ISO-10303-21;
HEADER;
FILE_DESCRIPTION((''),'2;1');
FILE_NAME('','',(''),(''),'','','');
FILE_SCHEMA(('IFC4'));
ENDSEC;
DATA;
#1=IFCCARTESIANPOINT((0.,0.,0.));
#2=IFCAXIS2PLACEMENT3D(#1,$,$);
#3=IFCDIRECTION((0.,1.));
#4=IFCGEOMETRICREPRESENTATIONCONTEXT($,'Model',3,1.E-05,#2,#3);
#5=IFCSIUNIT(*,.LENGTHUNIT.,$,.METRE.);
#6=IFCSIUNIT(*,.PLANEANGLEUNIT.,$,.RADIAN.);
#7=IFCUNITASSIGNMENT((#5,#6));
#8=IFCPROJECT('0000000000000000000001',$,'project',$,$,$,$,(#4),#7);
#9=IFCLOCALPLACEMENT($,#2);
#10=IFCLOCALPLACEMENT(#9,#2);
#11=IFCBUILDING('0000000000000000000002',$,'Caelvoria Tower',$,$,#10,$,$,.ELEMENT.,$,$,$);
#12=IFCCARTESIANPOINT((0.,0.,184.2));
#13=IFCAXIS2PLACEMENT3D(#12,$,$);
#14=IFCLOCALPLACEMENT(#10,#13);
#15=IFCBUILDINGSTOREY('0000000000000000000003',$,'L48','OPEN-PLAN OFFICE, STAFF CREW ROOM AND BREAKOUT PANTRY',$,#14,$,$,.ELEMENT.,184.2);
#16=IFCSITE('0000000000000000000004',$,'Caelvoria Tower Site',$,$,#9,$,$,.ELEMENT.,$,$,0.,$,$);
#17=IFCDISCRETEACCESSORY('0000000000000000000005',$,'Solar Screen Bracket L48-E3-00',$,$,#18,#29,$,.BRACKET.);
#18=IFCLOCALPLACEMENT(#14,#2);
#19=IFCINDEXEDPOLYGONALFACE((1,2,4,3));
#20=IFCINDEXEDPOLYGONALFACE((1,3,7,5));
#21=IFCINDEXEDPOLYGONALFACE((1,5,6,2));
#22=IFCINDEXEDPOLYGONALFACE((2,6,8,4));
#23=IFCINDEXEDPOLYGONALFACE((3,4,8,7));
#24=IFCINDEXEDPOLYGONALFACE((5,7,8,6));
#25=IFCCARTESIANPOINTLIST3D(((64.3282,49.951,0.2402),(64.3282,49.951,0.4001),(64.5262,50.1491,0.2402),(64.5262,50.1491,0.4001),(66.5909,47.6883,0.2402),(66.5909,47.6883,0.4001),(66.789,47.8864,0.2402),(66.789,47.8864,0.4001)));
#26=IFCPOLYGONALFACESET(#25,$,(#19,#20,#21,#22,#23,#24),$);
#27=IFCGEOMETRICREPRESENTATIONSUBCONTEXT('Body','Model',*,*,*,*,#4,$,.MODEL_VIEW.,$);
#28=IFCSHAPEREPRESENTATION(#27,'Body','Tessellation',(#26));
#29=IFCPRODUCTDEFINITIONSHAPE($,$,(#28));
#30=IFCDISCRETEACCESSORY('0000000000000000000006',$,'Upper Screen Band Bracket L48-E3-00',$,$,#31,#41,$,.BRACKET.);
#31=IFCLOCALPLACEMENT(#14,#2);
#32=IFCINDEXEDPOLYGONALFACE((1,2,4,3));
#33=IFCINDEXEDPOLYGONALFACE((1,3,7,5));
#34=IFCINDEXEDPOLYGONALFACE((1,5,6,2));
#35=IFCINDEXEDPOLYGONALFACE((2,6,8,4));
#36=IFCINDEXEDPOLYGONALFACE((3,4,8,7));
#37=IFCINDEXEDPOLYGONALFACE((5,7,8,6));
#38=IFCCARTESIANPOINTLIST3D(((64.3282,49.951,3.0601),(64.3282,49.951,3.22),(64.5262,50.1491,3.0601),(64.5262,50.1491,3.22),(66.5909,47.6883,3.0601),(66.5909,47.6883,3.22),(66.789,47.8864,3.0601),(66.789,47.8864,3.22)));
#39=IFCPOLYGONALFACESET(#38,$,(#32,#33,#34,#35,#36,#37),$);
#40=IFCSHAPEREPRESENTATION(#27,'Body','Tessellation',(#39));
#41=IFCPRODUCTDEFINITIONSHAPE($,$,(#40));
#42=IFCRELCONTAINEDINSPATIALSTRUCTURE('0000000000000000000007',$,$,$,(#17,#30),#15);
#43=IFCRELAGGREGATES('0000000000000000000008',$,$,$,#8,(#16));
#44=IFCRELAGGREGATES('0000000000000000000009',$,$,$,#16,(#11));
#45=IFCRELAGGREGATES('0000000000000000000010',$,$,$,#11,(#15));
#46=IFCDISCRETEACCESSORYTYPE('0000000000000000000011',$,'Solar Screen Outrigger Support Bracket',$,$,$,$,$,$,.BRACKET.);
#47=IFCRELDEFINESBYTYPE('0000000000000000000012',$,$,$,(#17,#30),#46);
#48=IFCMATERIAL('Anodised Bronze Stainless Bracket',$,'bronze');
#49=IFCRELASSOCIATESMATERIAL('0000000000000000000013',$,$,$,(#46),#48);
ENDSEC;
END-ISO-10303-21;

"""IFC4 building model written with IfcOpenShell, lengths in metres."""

from ifc_helpers import new_model, si_unit, direction, frame, origin, origin_2d, place, context, subcontext, project, spatial, rectangle, extrude, material, type_object, element, save


model = new_model("IFC4")

# Units and contexts
model_context = context("Model", 3, precision=1e-05, world=origin(), true_north=direction((0.0, 1.0)))
body_context = subcontext(model_context, "Body", "Model", "MODEL_VIEW")
ifc_project = project(units=[si_unit("LENGTHUNIT", "METRE"), si_unit("PLANEANGLEUNIT", "RADIAN")], contexts=[model_context])

# Site, building, storey
site_placement = place(None, origin())
site = spatial("IfcSite", under=ifc_project, at=site_placement, Name="Caelvoria Tower Site", CompositionType="ELEMENT", RefElevation=0.0)
building_placement = place(site_placement, origin())
building = spatial("IfcBuilding", under=site, at=building_placement, Name="Caelvoria Tower", CompositionType="ELEMENT")
storey_placement = place(building_placement, frame((0.0, 0.0, 184.2)))
storey = spatial("IfcBuildingStorey", under=building, at=storey_placement, Name="L48", Description="OPEN-PLAN OFFICE, STAFF CREW ROOM AND BREAKOUT PANTRY", CompositionType="ELEMENT", Elevation=184.2)

# Discrete accessories
ifc_material_1 = material(Name="Anodised Bronze Stainless Bracket", Category="bronze")
discrete_accessory_type = type_object("IfcDiscreteAccessoryType", Name="Solar Screen Outrigger Support Bracket", PredefinedType="BRACKET", material=ifc_material_1)
for number, where, z_axis, x_axis, name in (
    (1, (65.5586, 48.9187, 0.2402), (0.0, 0.0, 1.0), (-0.707107, 0.707107, 0.0), "Solar Screen Bracket L48-E3-00"),
    (2, (65.5586, 48.9187, 3.0601), (0.0, 0.0, 1.0), (-0.707107, 0.707107, 0.0), "Upper Screen Band Bracket L48-E3-00"),
):
    element("IfcDiscreteAccessory", number, at=place(storey_placement, frame(where, z_axis=z_axis, x_axis=x_axis)), inside=storey, type_object=discrete_accessory_type, Name=name, PredefinedType="BRACKET", context=body_context, shape_type="SweptSolid", body=[
        extrude(rectangle(XDim=3.2, YDim=0.28, at=origin_2d()), origin(), (0.0, 0.0, 1.0), 0.1599),
    ])

save(model, "model.ifc")
